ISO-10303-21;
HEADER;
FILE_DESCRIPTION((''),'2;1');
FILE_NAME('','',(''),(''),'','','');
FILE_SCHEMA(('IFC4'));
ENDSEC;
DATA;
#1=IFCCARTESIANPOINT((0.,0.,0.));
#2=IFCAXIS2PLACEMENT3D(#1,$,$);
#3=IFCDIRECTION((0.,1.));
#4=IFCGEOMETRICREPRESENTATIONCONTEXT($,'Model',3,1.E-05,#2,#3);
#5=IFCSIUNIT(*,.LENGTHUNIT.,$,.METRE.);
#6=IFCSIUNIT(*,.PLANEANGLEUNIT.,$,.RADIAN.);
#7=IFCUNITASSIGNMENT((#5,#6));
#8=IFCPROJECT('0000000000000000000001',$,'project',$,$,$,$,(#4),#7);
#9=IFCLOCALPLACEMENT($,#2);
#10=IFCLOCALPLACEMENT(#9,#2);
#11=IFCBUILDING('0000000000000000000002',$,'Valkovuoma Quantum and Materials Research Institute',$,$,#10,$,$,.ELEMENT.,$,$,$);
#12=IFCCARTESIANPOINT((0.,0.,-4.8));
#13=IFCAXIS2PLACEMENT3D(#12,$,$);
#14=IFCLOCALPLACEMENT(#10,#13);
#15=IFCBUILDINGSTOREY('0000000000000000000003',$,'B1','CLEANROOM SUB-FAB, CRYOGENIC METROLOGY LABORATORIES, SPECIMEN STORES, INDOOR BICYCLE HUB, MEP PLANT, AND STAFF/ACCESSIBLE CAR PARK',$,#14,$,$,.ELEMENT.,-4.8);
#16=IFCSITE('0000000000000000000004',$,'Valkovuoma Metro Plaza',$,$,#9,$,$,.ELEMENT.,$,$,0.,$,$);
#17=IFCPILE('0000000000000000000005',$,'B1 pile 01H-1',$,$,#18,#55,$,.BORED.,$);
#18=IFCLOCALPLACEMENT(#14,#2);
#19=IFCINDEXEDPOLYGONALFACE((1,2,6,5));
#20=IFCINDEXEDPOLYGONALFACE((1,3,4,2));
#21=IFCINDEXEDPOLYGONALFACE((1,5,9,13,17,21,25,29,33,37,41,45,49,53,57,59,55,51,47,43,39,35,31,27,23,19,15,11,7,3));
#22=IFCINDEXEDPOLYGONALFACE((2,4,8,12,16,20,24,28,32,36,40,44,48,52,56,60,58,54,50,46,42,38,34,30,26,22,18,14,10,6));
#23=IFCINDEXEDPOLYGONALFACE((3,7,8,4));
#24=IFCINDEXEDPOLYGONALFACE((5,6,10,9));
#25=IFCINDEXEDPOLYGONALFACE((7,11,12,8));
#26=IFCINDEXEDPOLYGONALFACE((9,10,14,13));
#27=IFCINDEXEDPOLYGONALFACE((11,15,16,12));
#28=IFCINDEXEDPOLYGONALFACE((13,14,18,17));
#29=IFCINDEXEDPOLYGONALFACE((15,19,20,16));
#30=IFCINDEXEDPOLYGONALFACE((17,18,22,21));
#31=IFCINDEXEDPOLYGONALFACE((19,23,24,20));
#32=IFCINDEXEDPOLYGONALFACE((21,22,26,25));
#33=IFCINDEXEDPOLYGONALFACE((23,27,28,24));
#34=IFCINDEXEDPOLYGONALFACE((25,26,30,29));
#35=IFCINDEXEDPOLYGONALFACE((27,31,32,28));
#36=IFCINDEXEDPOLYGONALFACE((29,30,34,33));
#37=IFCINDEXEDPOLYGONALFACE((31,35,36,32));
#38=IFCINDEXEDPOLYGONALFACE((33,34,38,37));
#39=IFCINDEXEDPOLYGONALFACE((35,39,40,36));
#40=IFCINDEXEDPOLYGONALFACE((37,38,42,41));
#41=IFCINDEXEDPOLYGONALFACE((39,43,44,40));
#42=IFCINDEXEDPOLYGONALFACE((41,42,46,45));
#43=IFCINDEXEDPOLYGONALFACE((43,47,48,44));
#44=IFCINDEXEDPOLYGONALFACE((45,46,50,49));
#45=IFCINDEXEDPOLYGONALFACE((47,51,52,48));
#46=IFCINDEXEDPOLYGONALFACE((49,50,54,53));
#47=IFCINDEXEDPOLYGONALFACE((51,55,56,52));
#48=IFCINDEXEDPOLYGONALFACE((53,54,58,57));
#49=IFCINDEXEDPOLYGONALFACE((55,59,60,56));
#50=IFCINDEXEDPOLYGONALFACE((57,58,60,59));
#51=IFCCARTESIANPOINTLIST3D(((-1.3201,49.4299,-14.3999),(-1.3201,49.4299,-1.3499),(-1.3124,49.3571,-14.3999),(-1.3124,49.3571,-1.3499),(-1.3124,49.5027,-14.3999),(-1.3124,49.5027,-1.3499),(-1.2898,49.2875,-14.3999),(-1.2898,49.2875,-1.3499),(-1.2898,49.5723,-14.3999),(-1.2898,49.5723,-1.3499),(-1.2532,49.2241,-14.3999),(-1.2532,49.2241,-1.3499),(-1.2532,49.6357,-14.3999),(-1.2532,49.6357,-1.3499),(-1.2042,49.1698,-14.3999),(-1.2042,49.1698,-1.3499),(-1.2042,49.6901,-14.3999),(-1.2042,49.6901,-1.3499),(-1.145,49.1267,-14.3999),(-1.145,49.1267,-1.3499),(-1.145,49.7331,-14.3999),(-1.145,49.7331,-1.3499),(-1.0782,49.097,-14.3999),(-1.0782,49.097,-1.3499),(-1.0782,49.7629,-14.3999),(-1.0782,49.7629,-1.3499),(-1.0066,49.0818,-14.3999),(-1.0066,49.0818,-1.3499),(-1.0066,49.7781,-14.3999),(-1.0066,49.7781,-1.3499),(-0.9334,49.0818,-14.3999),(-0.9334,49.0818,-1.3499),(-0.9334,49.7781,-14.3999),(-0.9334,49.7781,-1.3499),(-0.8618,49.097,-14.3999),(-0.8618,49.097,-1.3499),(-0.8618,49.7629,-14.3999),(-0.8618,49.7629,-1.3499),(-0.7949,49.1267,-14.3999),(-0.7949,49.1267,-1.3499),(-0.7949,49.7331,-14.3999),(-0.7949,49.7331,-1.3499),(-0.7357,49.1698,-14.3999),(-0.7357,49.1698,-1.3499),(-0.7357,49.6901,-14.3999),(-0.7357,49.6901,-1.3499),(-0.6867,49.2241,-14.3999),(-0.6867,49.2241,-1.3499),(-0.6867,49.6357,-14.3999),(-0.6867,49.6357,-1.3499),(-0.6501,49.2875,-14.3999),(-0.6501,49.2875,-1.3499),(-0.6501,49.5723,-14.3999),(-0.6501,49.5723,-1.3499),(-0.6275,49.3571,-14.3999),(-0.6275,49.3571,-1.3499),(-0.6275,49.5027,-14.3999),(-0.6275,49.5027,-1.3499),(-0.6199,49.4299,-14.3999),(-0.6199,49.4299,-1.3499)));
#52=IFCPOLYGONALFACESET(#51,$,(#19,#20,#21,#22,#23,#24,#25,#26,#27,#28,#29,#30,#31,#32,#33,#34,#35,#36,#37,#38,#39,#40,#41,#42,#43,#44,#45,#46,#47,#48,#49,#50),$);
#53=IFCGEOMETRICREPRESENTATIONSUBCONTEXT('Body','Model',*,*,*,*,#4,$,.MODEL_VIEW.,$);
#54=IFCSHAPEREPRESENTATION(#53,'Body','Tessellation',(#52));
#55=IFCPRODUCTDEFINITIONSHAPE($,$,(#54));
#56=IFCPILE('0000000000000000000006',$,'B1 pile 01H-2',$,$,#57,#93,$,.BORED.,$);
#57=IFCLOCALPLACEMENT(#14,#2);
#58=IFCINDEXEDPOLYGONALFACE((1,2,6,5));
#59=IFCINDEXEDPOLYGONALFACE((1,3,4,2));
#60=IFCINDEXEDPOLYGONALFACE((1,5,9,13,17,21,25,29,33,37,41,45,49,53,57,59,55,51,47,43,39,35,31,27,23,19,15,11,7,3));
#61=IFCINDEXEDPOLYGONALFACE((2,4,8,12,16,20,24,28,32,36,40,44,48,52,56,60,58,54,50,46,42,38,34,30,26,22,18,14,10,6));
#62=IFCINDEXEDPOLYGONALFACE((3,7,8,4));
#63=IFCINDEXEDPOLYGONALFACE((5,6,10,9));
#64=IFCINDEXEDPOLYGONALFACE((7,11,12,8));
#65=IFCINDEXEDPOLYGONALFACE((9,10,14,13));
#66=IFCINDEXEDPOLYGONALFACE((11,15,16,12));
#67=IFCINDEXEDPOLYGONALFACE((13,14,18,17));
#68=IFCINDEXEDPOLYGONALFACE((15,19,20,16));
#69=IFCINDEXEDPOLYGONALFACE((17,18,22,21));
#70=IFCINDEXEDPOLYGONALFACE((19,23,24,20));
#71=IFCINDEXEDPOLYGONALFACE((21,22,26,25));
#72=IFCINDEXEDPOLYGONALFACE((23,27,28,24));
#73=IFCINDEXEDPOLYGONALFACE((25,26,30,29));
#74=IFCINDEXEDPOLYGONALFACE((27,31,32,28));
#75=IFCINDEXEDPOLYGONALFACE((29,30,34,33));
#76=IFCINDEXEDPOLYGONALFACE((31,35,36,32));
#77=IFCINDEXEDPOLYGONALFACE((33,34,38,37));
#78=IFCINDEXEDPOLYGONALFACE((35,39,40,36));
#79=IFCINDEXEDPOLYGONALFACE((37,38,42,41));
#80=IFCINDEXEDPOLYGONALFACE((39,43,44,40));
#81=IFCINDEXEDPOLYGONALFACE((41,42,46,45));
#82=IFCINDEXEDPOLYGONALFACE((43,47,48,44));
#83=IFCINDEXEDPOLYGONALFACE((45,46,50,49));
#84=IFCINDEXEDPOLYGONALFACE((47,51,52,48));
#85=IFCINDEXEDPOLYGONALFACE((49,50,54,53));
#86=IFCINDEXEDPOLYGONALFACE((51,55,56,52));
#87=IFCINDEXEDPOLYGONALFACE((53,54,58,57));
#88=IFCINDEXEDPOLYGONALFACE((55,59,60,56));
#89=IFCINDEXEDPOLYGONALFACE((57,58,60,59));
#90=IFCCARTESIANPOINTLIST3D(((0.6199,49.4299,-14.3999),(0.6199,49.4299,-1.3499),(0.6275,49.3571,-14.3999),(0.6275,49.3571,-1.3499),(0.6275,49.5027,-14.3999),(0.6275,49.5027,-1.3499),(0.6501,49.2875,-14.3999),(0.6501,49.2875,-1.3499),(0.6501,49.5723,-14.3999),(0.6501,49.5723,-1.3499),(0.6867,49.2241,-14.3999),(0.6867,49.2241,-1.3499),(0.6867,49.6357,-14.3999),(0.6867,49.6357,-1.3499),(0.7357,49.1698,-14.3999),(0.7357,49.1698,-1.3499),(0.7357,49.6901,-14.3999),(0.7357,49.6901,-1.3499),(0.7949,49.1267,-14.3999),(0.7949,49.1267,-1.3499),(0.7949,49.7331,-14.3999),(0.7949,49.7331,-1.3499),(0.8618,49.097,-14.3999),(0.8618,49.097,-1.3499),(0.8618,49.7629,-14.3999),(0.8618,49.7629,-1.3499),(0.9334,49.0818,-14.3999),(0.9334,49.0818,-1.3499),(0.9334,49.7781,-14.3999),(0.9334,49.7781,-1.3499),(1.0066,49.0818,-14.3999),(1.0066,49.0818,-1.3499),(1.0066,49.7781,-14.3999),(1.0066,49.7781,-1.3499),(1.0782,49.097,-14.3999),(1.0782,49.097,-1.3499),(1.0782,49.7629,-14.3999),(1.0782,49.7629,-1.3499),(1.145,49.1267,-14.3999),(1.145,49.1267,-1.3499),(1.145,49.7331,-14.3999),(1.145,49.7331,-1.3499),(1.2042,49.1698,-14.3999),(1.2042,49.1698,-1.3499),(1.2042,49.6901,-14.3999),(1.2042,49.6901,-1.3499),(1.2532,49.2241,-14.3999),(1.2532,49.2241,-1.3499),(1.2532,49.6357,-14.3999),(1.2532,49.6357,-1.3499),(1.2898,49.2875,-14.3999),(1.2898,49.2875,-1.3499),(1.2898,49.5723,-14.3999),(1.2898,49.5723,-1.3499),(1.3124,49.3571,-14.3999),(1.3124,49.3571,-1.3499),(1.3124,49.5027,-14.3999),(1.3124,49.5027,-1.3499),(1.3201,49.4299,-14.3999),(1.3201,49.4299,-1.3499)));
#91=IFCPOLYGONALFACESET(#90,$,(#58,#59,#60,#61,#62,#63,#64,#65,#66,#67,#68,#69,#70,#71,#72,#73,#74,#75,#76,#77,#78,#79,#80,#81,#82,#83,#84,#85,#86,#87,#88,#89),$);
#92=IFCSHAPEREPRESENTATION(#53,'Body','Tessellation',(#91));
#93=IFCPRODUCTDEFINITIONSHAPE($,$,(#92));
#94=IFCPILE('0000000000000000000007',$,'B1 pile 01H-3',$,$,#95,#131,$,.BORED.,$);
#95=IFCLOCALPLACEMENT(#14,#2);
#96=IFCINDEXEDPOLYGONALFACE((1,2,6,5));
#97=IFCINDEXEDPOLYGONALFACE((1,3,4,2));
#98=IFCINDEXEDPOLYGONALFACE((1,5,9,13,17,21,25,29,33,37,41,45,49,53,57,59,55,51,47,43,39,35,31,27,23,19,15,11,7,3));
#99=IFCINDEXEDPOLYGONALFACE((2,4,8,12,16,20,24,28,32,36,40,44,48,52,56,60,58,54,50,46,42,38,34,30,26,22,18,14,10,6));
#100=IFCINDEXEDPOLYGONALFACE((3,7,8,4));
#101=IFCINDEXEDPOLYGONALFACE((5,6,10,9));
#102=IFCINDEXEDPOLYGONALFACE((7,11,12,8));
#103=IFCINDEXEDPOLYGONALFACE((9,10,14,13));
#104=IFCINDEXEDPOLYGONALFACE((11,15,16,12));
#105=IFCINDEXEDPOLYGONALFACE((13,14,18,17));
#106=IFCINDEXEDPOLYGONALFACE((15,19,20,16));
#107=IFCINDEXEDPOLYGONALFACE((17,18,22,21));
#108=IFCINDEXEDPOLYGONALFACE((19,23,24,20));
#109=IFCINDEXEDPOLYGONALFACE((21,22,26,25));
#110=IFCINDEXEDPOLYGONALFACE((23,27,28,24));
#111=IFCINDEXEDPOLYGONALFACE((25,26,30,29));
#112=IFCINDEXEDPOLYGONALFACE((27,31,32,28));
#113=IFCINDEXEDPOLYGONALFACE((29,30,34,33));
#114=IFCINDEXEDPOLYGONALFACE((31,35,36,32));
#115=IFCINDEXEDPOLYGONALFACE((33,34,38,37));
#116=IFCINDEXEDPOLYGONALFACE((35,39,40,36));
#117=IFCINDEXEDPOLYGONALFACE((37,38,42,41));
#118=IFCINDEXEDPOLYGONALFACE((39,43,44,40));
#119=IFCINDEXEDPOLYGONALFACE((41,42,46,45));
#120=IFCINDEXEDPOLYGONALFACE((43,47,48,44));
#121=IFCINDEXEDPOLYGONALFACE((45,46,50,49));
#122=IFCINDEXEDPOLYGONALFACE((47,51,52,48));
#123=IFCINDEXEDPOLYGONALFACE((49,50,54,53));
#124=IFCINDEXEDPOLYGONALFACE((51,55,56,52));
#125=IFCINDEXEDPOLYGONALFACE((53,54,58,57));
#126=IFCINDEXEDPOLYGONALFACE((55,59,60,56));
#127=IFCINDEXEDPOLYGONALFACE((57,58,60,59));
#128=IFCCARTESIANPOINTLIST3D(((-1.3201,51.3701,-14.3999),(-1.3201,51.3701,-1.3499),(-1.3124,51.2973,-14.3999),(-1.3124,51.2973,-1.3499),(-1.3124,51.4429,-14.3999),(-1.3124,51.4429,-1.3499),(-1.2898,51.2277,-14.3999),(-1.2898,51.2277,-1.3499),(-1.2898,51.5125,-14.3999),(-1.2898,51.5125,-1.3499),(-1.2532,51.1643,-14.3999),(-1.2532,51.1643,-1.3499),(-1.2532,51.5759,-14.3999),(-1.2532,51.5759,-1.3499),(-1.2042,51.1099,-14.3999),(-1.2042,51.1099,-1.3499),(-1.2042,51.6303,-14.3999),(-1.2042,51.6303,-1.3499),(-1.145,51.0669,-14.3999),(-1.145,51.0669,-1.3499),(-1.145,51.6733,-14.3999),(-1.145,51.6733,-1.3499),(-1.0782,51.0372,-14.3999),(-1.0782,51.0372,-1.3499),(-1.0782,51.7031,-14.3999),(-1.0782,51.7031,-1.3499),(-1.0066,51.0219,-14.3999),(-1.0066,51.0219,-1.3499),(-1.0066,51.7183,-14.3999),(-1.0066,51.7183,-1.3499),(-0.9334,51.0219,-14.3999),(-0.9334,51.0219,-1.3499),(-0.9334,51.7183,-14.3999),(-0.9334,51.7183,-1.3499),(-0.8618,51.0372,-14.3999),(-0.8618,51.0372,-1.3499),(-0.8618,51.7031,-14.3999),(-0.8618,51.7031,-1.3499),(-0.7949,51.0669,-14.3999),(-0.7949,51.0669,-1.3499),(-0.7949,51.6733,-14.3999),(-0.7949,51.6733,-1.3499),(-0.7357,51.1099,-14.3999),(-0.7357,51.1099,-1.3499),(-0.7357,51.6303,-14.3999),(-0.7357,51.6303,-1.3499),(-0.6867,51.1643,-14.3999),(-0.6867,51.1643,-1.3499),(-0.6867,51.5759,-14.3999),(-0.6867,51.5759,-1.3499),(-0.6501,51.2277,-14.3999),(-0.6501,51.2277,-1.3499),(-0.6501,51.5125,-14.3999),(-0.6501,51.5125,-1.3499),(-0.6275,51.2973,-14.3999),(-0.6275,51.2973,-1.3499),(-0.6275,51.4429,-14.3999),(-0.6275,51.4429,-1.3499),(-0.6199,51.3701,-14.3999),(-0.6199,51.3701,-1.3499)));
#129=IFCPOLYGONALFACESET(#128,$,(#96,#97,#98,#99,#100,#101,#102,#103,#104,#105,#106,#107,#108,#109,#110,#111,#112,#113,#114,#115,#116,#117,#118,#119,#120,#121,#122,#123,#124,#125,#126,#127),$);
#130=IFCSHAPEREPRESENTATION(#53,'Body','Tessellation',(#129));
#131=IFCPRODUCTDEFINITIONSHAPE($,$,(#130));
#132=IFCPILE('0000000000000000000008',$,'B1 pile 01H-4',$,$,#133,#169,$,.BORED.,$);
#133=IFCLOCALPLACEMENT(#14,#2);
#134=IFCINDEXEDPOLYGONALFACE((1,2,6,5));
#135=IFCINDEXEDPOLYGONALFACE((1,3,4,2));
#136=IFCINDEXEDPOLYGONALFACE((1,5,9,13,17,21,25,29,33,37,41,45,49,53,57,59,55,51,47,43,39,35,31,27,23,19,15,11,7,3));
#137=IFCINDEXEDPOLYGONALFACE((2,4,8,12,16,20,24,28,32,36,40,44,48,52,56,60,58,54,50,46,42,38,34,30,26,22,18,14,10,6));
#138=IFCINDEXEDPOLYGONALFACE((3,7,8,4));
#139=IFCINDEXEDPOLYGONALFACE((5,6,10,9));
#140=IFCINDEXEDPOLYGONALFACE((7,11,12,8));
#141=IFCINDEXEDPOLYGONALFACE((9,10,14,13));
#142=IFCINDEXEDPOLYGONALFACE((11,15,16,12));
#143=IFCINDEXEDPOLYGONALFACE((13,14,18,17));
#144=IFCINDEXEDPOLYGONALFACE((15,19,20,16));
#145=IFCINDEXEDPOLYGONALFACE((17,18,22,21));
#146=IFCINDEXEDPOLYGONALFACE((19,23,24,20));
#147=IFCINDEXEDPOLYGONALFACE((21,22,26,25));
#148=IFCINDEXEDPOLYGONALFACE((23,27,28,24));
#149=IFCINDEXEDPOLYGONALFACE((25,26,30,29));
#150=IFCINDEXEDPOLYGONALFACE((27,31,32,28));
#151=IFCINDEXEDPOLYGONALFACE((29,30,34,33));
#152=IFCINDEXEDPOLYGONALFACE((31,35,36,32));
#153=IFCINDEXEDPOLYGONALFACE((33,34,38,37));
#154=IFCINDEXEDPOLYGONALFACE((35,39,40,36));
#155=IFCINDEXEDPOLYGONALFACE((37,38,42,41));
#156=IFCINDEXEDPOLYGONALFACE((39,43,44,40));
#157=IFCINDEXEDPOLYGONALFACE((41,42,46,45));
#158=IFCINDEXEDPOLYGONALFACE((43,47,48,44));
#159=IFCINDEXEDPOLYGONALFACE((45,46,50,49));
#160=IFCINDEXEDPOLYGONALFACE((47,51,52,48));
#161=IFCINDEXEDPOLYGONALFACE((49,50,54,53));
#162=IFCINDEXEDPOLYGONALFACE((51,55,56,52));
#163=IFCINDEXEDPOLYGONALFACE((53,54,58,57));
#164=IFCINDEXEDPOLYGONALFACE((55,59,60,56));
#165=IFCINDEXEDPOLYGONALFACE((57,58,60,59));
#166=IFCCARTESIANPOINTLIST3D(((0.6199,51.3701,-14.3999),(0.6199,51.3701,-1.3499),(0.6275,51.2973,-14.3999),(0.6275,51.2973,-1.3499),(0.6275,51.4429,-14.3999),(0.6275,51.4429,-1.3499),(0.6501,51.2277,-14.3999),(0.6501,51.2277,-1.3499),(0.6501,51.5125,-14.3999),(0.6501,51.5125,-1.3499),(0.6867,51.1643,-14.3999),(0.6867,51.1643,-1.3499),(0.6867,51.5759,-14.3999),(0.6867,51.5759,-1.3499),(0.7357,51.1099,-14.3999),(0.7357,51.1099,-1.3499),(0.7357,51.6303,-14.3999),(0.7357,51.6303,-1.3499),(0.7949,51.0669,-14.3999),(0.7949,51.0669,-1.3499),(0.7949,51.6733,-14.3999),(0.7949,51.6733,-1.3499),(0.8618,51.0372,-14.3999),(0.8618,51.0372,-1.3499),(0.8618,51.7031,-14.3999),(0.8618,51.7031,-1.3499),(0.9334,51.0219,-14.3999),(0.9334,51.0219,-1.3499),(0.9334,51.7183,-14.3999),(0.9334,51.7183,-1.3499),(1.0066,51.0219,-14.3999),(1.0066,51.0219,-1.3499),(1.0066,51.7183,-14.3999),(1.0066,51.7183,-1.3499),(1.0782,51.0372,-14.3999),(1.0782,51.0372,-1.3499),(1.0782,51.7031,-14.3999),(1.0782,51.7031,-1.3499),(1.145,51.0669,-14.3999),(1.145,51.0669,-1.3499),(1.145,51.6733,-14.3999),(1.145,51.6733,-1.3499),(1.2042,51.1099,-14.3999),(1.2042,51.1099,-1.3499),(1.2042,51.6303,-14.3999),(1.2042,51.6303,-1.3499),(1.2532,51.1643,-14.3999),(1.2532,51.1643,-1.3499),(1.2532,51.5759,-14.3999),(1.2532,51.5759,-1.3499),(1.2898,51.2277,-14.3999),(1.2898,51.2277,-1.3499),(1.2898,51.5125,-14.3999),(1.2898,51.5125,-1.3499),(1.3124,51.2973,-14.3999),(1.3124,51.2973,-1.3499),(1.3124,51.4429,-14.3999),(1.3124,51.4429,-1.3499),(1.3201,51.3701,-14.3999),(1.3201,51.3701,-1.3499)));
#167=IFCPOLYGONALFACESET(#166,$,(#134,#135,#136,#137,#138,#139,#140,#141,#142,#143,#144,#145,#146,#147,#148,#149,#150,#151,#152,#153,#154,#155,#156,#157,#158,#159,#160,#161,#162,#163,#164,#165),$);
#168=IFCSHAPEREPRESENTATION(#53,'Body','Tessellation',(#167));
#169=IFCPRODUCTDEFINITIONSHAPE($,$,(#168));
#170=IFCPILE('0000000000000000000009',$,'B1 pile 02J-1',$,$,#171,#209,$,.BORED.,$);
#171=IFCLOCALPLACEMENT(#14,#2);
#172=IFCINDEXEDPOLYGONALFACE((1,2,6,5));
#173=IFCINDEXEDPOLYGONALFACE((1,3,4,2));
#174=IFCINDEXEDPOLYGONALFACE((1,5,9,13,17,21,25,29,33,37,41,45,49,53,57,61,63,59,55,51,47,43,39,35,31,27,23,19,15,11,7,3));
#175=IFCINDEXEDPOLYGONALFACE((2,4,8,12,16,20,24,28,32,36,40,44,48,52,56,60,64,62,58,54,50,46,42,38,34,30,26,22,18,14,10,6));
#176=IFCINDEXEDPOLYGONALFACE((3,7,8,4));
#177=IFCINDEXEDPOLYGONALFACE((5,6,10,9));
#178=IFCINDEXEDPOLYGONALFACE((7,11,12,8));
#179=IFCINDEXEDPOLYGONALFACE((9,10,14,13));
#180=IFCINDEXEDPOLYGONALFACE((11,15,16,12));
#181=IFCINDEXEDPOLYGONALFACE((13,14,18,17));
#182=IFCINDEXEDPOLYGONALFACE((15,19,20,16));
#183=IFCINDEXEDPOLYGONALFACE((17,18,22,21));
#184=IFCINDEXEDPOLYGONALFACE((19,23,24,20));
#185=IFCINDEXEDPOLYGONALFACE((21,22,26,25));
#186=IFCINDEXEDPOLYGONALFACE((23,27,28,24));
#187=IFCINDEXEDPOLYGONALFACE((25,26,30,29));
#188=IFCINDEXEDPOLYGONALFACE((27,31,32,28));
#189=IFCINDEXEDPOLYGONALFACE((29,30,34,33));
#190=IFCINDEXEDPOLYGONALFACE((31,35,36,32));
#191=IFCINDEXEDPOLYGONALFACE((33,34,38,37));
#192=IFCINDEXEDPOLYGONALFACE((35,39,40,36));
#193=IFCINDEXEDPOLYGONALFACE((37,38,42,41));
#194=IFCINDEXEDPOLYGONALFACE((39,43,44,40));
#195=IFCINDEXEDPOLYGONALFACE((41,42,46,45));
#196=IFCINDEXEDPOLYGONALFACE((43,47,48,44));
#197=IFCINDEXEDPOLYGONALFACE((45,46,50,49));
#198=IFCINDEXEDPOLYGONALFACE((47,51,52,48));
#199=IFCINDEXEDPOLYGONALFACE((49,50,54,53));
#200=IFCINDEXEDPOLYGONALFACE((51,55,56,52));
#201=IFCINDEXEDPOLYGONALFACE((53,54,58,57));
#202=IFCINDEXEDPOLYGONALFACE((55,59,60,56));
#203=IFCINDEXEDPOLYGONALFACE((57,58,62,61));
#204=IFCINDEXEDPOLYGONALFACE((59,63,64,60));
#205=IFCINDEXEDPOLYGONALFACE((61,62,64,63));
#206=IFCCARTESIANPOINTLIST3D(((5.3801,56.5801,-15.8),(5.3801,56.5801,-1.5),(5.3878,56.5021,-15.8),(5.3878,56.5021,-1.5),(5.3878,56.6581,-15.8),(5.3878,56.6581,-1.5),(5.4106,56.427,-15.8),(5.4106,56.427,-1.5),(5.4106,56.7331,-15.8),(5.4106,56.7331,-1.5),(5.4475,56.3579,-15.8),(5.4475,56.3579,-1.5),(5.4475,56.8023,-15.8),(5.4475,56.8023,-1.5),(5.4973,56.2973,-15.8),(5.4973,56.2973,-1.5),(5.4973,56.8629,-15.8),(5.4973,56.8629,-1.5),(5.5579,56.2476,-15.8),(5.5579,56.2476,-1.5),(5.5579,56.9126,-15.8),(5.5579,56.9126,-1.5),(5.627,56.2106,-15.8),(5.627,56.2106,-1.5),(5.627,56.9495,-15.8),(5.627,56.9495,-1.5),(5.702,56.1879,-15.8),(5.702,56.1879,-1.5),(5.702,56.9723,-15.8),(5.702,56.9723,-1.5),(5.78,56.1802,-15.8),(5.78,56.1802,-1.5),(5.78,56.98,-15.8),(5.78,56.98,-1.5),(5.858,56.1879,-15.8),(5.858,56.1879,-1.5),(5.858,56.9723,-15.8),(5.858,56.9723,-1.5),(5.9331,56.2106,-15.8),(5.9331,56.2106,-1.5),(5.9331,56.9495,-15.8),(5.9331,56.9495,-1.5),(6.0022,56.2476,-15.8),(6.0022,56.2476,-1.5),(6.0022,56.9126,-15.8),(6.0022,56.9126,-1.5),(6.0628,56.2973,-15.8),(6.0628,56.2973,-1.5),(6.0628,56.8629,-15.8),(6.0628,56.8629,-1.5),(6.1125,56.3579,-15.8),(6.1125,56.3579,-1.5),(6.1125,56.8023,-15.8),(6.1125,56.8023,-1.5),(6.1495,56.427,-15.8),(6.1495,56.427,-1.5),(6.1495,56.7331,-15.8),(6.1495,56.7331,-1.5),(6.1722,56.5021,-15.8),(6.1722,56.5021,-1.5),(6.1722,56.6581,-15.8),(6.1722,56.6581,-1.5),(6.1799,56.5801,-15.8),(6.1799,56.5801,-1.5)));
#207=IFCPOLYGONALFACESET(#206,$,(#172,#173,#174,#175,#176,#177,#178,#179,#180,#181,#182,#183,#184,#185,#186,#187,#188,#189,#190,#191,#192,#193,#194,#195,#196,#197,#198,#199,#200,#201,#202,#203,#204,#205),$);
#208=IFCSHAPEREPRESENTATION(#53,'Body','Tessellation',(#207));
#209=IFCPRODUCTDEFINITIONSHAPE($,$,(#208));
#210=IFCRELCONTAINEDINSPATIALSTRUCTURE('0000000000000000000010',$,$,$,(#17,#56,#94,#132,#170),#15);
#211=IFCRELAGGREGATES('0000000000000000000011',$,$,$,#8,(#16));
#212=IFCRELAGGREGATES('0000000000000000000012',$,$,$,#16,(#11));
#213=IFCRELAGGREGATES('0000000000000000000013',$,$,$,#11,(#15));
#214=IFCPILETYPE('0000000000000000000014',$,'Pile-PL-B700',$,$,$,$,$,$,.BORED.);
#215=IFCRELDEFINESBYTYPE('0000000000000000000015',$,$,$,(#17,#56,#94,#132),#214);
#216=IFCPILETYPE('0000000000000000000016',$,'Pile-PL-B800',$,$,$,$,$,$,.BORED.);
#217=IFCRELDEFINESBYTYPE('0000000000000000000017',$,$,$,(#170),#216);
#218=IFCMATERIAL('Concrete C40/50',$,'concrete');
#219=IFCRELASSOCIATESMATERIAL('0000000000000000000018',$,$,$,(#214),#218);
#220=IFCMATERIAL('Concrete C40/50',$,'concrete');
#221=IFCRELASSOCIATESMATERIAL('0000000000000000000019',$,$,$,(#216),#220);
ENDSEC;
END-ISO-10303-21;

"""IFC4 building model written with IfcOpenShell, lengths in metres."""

from ifc_helpers import new_model, si_unit, direction, frame, origin, origin_2d, place, context, subcontext, project, spatial, circle, extrude, material, material_profile, profile_set, type_object, element, save


model = new_model("IFC4")

# Units and contexts
model_context = context("Model", 3, precision=1e-05, world=origin(), true_north=direction((0.0, 1.0)))
body_context = subcontext(model_context, "Body", "Model", "MODEL_VIEW")
ifc_project = project(units=[si_unit("LENGTHUNIT", "METRE"), si_unit("PLANEANGLEUNIT", "RADIAN")], contexts=[model_context])

# Site, building, storey
site_placement = place(None, origin())
site = spatial("IfcSite", under=ifc_project, at=site_placement, Name="Valkovuoma Metro Plaza", CompositionType="ELEMENT", RefElevation=0.0)
building_placement = place(site_placement, origin())
building = spatial("IfcBuilding", under=site, at=building_placement, Name="Valkovuoma Quantum and Materials Research Institute", CompositionType="ELEMENT")
storey_placement = place(building_placement, frame((0.0, 0.0, -4.8)))
storey = spatial("IfcBuildingStorey", under=building, at=storey_placement, Name="B1", Description="CLEANROOM SUB-FAB, CRYOGENIC METROLOGY LABORATORIES, SPECIMEN STORES, INDOOR BICYCLE HUB, MEP PLANT, AND STAFF/ACCESSIBLE CAR PARK", CompositionType="ELEMENT", Elevation=-4.8)

# Piles
ifc_material_1 = material(Name="Concrete C40/50", Category="concrete")
ifc_material_profile_1 = material_profile(ifc_material_1, circle(Radius=0.3501, at=origin_2d()), Name="Concrete C40/50")
ifc_profile_set_1 = profile_set([ifc_material_profile_1], Name="Concrete C40/50")
pile_type_1 = type_object("IfcPileType", Name="Pile-PL-B700", PredefinedType="BORED", material=ifc_profile_set_1)
for number, where, z_axis, x_axis, name in (
    (1, (-0.97, 49.4299, -1.3499), (0.0, 0.0, -1.0), (1.0, 0.0, 0.0), "B1 pile 01H-1"),
    (2, (0.97, 49.4299, -1.3499), (0.0, 0.0, -1.0), (1.0, 0.0, 0.0), "B1 pile 01H-2"),
    (3, (-0.97, 51.3701, -1.3499), (0.0, 0.0, -1.0), (1.0, 0.0, 0.0), "B1 pile 01H-3"),
    (4, (0.97, 51.3701, -1.3499), (0.0, 0.0, -1.0), (1.0, 0.0, 0.0), "B1 pile 01H-4"),
):
    element("IfcPile", number, at=place(storey_placement, frame(where, z_axis=z_axis, x_axis=x_axis)), inside=storey, type_object=pile_type_1, Name=name, PredefinedType="BORED", context=body_context, shape_type="SweptSolid", body=[
        extrude(circle(Radius=0.3501, at=origin_2d()), origin(), (0.0, 0.0, 1.0), 13.05),
    ])
ifc_material_2 = material(Name="Concrete C40/50", Category="concrete")
ifc_material_profile_2 = material_profile(ifc_material_2, circle(Radius=0.3999, at=origin_2d()), Name="Concrete C40/50")
ifc_profile_set_2 = profile_set([ifc_material_profile_2], Name="Concrete C40/50")
pile_type_2 = type_object("IfcPileType", Name="Pile-PL-B800", PredefinedType="BORED", material=ifc_profile_set_2)
for number, where, z_axis, x_axis, name in (
    (5, (5.78, 56.5801, -1.5), (0.0, 0.0, -1.0), (1.0, 0.0, 0.0), "B1 pile 02J-1"),
):
    element("IfcPile", number, at=place(storey_placement, frame(where, z_axis=z_axis, x_axis=x_axis)), inside=storey, type_object=pile_type_2, Name=name, PredefinedType="BORED", context=body_context, shape_type="SweptSolid", body=[
        extrude(circle(Radius=0.3999, at=origin_2d()), origin(), (0.0, 0.0, 1.0), 14.3),
    ])

save(model, "model.ifc")
